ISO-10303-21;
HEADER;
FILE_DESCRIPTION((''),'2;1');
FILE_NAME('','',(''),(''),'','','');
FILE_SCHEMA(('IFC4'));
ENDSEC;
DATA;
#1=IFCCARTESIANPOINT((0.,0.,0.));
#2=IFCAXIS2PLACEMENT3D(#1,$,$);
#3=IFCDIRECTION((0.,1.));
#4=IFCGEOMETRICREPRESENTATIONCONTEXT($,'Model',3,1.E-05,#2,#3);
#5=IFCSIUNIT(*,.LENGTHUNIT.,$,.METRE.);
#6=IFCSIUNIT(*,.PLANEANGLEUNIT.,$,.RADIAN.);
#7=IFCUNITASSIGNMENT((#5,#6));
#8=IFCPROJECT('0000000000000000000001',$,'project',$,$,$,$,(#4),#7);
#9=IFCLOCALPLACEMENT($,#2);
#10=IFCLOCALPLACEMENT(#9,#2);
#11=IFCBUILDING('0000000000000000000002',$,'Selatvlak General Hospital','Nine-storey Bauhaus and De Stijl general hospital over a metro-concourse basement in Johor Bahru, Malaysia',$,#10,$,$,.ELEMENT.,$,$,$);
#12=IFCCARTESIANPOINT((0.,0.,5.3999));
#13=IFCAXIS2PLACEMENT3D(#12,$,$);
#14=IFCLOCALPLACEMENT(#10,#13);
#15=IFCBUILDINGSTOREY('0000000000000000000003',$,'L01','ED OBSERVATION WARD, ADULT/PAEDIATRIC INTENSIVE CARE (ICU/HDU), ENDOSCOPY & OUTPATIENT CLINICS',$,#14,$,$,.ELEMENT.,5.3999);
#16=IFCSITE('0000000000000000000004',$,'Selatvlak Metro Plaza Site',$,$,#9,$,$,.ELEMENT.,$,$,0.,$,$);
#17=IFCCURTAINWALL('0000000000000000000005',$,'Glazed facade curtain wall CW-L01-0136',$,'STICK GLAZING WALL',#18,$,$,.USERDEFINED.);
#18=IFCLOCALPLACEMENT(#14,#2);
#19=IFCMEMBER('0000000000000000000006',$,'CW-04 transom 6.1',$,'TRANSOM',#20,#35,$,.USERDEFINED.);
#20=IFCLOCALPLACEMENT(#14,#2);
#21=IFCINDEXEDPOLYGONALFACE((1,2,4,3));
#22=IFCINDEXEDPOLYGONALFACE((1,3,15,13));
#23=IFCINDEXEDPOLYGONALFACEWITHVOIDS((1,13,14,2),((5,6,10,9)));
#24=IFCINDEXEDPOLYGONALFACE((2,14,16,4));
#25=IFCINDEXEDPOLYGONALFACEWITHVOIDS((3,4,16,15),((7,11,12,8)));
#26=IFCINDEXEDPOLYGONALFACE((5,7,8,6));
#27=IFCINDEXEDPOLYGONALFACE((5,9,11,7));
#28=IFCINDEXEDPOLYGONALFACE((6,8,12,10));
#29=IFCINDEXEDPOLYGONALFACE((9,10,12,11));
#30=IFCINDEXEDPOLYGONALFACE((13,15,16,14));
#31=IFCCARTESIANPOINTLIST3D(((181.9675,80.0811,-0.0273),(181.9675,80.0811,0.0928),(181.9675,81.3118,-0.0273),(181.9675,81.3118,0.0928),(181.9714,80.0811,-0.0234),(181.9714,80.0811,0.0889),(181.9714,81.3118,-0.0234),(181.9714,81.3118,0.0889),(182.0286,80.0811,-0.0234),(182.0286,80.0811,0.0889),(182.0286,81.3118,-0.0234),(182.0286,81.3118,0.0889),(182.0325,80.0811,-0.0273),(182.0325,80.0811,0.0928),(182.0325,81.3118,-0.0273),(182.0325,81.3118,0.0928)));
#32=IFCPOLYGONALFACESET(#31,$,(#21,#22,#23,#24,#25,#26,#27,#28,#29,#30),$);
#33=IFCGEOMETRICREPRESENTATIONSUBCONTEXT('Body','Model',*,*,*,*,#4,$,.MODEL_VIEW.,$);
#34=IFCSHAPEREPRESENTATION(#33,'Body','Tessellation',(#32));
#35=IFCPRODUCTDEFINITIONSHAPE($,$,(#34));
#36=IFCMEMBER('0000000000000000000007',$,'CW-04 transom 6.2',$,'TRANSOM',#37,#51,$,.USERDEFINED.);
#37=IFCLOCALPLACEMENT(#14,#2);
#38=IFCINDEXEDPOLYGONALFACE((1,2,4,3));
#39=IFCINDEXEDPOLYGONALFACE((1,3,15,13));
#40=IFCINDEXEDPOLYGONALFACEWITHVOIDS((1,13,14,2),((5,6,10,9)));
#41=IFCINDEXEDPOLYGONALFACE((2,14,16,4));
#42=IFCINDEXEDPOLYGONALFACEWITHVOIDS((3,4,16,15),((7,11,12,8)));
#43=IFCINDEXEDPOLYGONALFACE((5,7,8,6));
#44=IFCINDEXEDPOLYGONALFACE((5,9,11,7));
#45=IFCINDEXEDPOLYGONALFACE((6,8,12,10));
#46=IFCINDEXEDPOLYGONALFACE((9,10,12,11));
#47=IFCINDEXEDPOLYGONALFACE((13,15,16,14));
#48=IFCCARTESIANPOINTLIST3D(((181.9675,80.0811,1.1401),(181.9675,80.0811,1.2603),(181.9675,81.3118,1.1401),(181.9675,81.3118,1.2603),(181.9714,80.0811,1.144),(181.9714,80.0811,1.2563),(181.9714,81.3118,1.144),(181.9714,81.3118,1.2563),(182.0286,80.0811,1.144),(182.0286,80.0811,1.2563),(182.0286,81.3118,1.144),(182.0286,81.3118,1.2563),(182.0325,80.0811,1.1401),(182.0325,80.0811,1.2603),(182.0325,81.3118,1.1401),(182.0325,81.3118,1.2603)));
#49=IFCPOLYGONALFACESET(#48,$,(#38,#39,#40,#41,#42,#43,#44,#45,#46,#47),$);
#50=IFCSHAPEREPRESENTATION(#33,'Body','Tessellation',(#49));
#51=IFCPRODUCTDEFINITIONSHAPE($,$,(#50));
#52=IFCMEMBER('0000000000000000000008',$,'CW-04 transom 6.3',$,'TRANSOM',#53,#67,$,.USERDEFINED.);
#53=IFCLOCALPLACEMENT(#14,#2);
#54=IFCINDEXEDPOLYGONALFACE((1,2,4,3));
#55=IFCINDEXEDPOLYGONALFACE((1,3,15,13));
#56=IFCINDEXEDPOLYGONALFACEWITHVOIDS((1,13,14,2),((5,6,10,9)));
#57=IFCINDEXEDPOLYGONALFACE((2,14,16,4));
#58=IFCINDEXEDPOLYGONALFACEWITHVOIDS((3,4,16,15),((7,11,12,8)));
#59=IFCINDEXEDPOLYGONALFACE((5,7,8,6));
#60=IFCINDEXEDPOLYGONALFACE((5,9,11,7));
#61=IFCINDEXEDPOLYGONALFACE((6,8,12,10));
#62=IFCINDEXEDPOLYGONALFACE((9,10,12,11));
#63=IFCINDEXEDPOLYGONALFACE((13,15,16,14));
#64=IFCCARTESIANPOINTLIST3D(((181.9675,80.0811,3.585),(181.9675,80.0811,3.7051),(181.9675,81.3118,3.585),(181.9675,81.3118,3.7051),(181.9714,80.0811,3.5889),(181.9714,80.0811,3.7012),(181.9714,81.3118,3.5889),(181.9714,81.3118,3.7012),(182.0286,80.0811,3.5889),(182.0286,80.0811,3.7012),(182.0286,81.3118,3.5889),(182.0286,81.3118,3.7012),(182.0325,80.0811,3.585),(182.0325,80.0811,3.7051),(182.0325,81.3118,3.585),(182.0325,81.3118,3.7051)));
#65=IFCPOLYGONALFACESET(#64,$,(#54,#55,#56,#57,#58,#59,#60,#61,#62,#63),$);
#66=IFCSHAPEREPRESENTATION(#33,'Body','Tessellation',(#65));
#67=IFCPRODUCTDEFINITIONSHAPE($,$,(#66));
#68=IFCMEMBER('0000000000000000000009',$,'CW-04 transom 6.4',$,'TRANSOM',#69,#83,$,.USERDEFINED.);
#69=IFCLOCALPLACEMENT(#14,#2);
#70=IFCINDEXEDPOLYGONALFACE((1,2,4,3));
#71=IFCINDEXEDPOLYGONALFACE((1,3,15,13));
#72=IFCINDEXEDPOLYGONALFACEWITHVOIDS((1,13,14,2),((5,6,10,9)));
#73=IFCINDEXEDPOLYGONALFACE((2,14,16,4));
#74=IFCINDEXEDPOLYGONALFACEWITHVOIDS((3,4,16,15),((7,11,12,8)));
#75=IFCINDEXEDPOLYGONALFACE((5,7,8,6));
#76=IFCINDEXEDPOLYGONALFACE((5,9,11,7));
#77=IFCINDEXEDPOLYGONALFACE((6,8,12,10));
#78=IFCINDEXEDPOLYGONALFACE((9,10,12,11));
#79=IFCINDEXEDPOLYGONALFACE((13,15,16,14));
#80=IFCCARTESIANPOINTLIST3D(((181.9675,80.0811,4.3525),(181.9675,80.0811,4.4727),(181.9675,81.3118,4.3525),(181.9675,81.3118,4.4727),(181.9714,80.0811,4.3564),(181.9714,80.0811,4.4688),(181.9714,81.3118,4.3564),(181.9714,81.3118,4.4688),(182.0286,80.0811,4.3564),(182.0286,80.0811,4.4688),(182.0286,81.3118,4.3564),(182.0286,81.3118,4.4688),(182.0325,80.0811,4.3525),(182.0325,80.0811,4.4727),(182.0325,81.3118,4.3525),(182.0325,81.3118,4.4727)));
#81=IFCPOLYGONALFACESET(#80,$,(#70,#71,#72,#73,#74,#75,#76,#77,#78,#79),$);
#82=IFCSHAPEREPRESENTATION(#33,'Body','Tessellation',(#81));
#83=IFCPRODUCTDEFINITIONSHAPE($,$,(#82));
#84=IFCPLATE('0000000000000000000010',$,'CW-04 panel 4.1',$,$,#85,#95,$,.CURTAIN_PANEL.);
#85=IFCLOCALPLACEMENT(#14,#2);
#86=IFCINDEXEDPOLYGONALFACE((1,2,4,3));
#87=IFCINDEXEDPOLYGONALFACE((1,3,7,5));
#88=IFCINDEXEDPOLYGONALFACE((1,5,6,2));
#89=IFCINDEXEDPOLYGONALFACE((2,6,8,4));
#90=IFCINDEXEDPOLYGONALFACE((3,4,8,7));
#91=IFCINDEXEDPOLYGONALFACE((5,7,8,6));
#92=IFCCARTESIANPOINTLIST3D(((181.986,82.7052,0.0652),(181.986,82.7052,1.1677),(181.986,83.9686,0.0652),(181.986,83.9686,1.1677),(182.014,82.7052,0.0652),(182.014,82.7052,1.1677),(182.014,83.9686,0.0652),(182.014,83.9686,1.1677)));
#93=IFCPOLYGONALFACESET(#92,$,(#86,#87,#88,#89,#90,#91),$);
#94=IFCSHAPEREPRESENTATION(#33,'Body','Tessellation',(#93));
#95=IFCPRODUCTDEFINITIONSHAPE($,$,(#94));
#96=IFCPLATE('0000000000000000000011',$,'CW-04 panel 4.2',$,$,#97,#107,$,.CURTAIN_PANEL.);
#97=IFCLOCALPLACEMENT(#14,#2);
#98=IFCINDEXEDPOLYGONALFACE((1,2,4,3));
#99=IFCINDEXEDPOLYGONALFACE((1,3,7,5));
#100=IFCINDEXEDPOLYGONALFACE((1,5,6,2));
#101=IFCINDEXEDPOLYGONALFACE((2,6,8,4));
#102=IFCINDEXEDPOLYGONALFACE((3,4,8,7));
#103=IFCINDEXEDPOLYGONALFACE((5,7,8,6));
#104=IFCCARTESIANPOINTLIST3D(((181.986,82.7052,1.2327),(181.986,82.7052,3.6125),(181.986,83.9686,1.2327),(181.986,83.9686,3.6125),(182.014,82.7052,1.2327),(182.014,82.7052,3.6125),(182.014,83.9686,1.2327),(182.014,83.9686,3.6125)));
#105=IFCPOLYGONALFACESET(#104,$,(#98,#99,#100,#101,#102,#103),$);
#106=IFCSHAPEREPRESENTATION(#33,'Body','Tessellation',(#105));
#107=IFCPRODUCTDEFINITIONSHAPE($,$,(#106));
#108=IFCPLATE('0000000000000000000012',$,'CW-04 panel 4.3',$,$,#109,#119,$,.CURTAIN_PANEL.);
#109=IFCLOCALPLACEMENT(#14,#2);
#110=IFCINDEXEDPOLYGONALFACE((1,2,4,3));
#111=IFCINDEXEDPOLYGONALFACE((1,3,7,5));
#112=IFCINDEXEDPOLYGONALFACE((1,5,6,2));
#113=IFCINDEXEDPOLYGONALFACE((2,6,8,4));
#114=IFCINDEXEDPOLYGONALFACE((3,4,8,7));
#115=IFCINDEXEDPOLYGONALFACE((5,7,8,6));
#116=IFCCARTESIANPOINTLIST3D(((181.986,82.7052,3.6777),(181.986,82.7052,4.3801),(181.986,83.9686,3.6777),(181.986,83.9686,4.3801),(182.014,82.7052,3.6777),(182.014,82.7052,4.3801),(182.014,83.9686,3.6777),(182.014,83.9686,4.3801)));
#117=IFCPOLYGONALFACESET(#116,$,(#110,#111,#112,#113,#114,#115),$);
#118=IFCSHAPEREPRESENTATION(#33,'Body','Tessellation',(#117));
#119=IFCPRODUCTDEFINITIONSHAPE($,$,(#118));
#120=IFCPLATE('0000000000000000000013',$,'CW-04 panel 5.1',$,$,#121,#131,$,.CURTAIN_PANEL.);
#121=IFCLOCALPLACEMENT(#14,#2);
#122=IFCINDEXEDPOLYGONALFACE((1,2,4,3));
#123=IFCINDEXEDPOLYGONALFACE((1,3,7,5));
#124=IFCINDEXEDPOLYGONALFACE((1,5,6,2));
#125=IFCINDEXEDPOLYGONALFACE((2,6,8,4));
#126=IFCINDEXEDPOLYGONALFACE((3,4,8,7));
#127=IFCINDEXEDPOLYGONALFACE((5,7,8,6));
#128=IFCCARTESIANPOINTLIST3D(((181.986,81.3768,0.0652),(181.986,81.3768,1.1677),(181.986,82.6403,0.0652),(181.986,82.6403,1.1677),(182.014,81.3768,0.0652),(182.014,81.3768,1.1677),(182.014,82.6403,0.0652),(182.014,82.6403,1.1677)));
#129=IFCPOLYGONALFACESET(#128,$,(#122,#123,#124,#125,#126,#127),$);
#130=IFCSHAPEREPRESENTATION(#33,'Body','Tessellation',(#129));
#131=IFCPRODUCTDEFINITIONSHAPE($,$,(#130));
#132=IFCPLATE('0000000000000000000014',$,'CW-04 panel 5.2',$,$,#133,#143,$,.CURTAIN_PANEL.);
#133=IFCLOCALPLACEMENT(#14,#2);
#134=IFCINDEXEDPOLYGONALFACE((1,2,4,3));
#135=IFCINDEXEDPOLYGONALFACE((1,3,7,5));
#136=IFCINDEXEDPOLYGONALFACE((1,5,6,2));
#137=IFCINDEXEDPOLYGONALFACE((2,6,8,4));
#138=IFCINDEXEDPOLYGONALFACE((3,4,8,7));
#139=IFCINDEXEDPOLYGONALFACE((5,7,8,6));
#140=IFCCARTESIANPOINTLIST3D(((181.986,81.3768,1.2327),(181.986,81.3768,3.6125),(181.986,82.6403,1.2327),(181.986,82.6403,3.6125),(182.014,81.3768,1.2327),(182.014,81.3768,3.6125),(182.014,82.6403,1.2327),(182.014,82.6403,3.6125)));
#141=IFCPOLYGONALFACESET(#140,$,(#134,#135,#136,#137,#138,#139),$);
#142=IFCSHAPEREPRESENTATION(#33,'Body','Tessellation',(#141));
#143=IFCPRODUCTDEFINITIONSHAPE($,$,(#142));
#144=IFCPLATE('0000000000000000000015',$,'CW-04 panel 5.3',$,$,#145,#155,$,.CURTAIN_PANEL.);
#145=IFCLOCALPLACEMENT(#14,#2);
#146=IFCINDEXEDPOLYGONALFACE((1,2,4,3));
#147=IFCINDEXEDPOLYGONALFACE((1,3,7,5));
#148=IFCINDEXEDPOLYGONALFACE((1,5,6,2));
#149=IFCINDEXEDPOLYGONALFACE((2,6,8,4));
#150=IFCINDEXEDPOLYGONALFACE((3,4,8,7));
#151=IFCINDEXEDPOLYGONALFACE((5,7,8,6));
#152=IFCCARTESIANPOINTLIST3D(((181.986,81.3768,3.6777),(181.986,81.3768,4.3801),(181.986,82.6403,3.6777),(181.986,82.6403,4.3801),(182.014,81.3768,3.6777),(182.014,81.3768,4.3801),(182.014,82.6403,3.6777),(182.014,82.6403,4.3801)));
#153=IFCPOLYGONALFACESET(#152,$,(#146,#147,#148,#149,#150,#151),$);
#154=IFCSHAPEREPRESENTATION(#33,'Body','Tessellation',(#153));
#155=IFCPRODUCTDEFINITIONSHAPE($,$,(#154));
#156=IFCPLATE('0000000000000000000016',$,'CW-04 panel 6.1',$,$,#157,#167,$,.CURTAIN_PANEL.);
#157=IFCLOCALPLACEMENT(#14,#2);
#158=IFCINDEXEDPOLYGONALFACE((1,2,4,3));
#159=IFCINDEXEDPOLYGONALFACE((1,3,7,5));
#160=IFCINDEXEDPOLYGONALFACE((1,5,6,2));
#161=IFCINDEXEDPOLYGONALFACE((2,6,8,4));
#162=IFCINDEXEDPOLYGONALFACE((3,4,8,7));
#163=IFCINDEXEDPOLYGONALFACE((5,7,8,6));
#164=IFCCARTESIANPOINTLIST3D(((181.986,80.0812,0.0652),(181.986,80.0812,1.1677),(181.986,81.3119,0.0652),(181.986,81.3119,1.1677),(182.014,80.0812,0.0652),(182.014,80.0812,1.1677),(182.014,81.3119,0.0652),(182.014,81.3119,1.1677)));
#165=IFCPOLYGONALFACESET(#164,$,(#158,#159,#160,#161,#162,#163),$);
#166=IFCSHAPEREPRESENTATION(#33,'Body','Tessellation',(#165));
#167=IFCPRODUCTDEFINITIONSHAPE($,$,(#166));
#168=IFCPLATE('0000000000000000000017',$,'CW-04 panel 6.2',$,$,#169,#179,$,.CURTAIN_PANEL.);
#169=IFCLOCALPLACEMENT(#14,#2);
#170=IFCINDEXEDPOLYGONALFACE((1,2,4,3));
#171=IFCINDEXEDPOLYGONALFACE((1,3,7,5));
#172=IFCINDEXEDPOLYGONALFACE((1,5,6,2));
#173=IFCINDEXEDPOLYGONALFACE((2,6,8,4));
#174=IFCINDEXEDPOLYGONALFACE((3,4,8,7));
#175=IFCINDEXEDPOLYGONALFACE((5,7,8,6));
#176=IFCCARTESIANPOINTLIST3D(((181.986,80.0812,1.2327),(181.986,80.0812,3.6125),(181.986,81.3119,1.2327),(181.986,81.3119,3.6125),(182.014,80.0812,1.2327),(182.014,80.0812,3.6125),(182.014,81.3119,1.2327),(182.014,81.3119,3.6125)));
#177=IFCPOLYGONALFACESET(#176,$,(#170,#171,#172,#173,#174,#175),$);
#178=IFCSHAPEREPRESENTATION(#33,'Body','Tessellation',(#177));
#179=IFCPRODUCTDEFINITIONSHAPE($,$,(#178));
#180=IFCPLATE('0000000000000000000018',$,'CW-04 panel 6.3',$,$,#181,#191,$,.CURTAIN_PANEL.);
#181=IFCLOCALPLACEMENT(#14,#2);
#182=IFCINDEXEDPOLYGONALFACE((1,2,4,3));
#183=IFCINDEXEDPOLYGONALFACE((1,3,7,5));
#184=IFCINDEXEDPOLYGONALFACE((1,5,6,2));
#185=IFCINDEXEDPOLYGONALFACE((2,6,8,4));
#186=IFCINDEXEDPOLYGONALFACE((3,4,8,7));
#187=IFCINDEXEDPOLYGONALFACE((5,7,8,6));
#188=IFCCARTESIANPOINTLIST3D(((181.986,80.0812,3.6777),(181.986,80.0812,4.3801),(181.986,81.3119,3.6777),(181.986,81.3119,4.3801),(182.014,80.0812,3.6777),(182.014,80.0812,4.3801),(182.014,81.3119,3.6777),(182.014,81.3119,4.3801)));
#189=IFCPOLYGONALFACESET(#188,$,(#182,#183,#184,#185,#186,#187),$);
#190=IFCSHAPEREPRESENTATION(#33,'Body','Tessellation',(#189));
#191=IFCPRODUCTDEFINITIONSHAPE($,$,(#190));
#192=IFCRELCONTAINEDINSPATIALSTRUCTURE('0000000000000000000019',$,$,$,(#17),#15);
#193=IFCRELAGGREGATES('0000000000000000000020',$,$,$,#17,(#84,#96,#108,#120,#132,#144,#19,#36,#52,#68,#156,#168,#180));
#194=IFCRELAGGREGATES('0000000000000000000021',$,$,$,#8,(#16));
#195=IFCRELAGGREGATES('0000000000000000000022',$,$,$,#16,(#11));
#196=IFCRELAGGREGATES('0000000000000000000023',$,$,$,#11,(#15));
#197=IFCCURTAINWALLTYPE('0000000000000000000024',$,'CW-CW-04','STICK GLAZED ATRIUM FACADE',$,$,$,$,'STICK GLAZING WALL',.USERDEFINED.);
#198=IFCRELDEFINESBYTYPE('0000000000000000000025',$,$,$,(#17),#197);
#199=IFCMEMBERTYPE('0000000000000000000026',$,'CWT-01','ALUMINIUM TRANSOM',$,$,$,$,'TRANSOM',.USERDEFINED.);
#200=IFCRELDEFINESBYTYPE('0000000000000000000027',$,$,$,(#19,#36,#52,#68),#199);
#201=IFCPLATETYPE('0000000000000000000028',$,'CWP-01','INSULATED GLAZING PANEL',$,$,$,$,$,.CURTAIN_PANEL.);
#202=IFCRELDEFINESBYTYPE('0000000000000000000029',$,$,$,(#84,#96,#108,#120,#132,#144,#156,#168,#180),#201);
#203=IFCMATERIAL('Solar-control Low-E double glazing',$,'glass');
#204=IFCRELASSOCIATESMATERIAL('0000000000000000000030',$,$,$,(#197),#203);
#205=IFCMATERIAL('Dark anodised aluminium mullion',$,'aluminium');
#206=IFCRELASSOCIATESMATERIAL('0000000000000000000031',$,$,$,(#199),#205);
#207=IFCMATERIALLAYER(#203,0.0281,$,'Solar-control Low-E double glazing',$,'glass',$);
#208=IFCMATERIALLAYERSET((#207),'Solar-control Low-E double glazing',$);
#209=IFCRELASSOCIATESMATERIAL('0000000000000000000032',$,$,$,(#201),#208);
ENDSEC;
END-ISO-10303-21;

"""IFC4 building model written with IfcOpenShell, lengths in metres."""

from ifc_helpers import new_model, si_unit, direction, frame, origin, origin_2d, place, context, subcontext, project, spatial, rectangle, hollow_rectangle, extrude, material, layer, layer_set, material_profile, profile_set, type_object, element, aggregate, save


model = new_model("IFC4")

# Units and contexts
model_context = context("Model", 3, precision=1e-05, world=origin(), true_north=direction((0.0, 1.0)))
body_context = subcontext(model_context, "Body", "Model", "MODEL_VIEW")
ifc_project = project(units=[si_unit("LENGTHUNIT", "METRE"), si_unit("PLANEANGLEUNIT", "RADIAN")], contexts=[model_context])

# Site, building, storey
site_placement = place(None, origin())
site = spatial("IfcSite", under=ifc_project, at=site_placement, Name="Selatvlak Metro Plaza Site", CompositionType="ELEMENT", RefElevation=0.0)
building_placement = place(site_placement, origin())
building = spatial("IfcBuilding", under=site, at=building_placement, Name="Selatvlak General Hospital", Description="Nine-storey Bauhaus and De Stijl general hospital over a metro-concourse basement in Johor Bahru, Malaysia", CompositionType="ELEMENT")
storey_placement = place(building_placement, frame((0.0, 0.0, 5.3999)))
storey = spatial("IfcBuildingStorey", under=building, at=storey_placement, Name="L01", Description="ED OBSERVATION WARD, ADULT/PAEDIATRIC INTENSIVE CARE (ICU/HDU), ENDOSCOPY & OUTPATIENT CLINICS", CompositionType="ELEMENT", Elevation=5.3999)

# Curtain wall, members, plates
ifc_material_1 = material(Name="Solar-control Low-E double glazing", Category="glass")
curtain_wall_type = type_object("IfcCurtainWallType", Name="CW-CW-04", Description="STICK GLAZED ATRIUM FACADE", ElementType="STICK GLAZING WALL", PredefinedType="USERDEFINED", material=ifc_material_1)
curtain_wall_placement = place(storey_placement, origin())
curtain_wall = element("IfcCurtainWall", 1, at=curtain_wall_placement, inside=storey, type_object=curtain_wall_type, Name="Glazed facade curtain wall CW-L01-0136", ObjectType="STICK GLAZING WALL", PredefinedType="USERDEFINED")
ifc_material_2 = material(Name="Dark anodised aluminium mullion", Category="aluminium")
ifc_material_profile_1 = material_profile(ifc_material_2, hollow_rectangle(XDim=0.0649, YDim=0.1201, WallThickness=0.0039, at=origin_2d()), Name="AL-TRN 65x120x4")
ifc_profile_set_1 = profile_set([ifc_material_profile_1], Name="Dark anodised aluminium mullion")
member_type_1 = type_object("IfcMemberType", Name="CWT-01", Description="ALUMINIUM TRANSOM", ElementType="TRANSOM", PredefinedType="USERDEFINED", material=ifc_profile_set_1)
member_1_placement = place(storey_placement, frame((182.0, 81.3118, 0.0327), z_axis=(0.0, -1.0, 0.0), x_axis=(1.0, 0.0, 0.0)))
member_1 = element("IfcMember", 2, at=member_1_placement, type_object=member_type_1, Name="CW-04 transom 6.1", ObjectType="TRANSOM", PredefinedType="USERDEFINED", context=body_context, shape_type="SweptSolid", body=[
    extrude(hollow_rectangle(XDim=0.0649, YDim=0.1201, WallThickness=0.0039, at=origin_2d()), origin(), (0.0, 0.0, 1.0), 1.2307),
])
member_2_placement = place(storey_placement, frame((182.0, 81.3118, 1.2002), z_axis=(0.0, -1.0, 0.0), x_axis=(1.0, 0.0, 0.0)))
member_2 = element("IfcMember", 3, at=member_2_placement, type_object=member_type_1, Name="CW-04 transom 6.2", ObjectType="TRANSOM", PredefinedType="USERDEFINED", context=body_context, shape_type="SweptSolid", body=[
    extrude(hollow_rectangle(XDim=0.0649, YDim=0.1201, WallThickness=0.0039, at=origin_2d()), origin(), (0.0, 0.0, 1.0), 1.2307),
])
member_3_placement = place(storey_placement, frame((182.0, 81.3118, 3.645), z_axis=(0.0, -1.0, 0.0), x_axis=(1.0, 0.0, 0.0)))
member_3 = element("IfcMember", 4, at=member_3_placement, type_object=member_type_1, Name="CW-04 transom 6.3", ObjectType="TRANSOM", PredefinedType="USERDEFINED", context=body_context, shape_type="SweptSolid", body=[
    extrude(hollow_rectangle(XDim=0.0649, YDim=0.1201, WallThickness=0.0039, at=origin_2d()), origin(), (0.0, 0.0, 1.0), 1.2307),
])
member_4_placement = place(storey_placement, frame((182.0, 81.3118, 4.4126), z_axis=(0.0, -1.0, 0.0), x_axis=(1.0, 0.0, 0.0)))
member_4 = element("IfcMember", 5, at=member_4_placement, type_object=member_type_1, Name="CW-04 transom 6.4", ObjectType="TRANSOM", PredefinedType="USERDEFINED", context=body_context, shape_type="SweptSolid", body=[
    extrude(hollow_rectangle(XDim=0.0649, YDim=0.1201, WallThickness=0.0039, at=origin_2d()), origin(), (0.0, 0.0, 1.0), 1.2307),
])
ifc_layer_1 = layer(ifc_material_1, 0.0281, Name="Solar-control Low-E double glazing", Category="glass")
ifc_layer_set_1 = layer_set([ifc_layer_1], Name="Solar-control Low-E double glazing")
plate_type = type_object("IfcPlateType", Name="CWP-01", Description="INSULATED GLAZING PANEL", PredefinedType="CURTAIN_PANEL", material=ifc_layer_set_1)
plate_1_placement = place(storey_placement, frame((182.0, 83.3369, 0.0652), z_axis=(0.0, 0.0, 1.0), x_axis=(0.0, -1.0, 0.0)))
plate_1 = element("IfcPlate", 6, at=plate_1_placement, type_object=plate_type, Name="CW-04 panel 4.1", PredefinedType="CURTAIN_PANEL", context=body_context, shape_type="SweptSolid", body=[
    extrude(rectangle(XDim=1.2634, YDim=0.0281, at=origin_2d()), origin(), (0.0, 0.0, 1.0), 1.1025),
])
plate_2_placement = place(storey_placement, frame((182.0, 83.3369, 1.2327), z_axis=(0.0, 0.0, 1.0), x_axis=(0.0, -1.0, 0.0)))
plate_2 = element("IfcPlate", 7, at=plate_2_placement, type_object=plate_type, Name="CW-04 panel 4.2", PredefinedType="CURTAIN_PANEL", context=body_context, shape_type="SweptSolid", body=[
    extrude(rectangle(XDim=1.2634, YDim=0.0281, at=origin_2d()), origin(), (0.0, 0.0, 1.0), 2.3799),
])
plate_3_placement = place(storey_placement, frame((182.0, 83.3369, 3.6777), z_axis=(0.0, 0.0, 1.0), x_axis=(0.0, -1.0, 0.0)))
plate_3 = element("IfcPlate", 8, at=plate_3_placement, type_object=plate_type, Name="CW-04 panel 4.3", PredefinedType="CURTAIN_PANEL", context=body_context, shape_type="SweptSolid", body=[
    extrude(rectangle(XDim=1.2634, YDim=0.0281, at=origin_2d()), origin(), (0.0, 0.0, 1.0), 0.7024),
])
plate_4_placement = place(storey_placement, frame((182.0, 82.0085, 0.0652), z_axis=(0.0, 0.0, 1.0), x_axis=(0.0, -1.0, 0.0)))
plate_4 = element("IfcPlate", 9, at=plate_4_placement, type_object=plate_type, Name="CW-04 panel 5.1", PredefinedType="CURTAIN_PANEL", context=body_context, shape_type="SweptSolid", body=[
    extrude(rectangle(XDim=1.2634, YDim=0.0281, at=origin_2d()), origin(), (0.0, 0.0, 1.0), 1.1025),
])
plate_5_placement = place(storey_placement, frame((182.0, 82.0085, 1.2327), z_axis=(0.0, 0.0, 1.0), x_axis=(0.0, -1.0, 0.0)))
plate_5 = element("IfcPlate", 10, at=plate_5_placement, type_object=plate_type, Name="CW-04 panel 5.2", PredefinedType="CURTAIN_PANEL", context=body_context, shape_type="SweptSolid", body=[
    extrude(rectangle(XDim=1.2634, YDim=0.0281, at=origin_2d()), origin(), (0.0, 0.0, 1.0), 2.3799),
])
plate_6_placement = place(storey_placement, frame((182.0, 82.0085, 3.6777), z_axis=(0.0, 0.0, 1.0), x_axis=(0.0, -1.0, 0.0)))
plate_6 = element("IfcPlate", 11, at=plate_6_placement, type_object=plate_type, Name="CW-04 panel 5.3", PredefinedType="CURTAIN_PANEL", context=body_context, shape_type="SweptSolid", body=[
    extrude(rectangle(XDim=1.2634, YDim=0.0281, at=origin_2d()), origin(), (0.0, 0.0, 1.0), 0.7024),
])
plate_7_placement = place(storey_placement, frame((182.0, 80.6965, 0.0652), z_axis=(0.0, 0.0, 1.0), x_axis=(0.0, -1.0, 0.0)))
plate_7 = element("IfcPlate", 12, at=plate_7_placement, type_object=plate_type, Name="CW-04 panel 6.1", PredefinedType="CURTAIN_PANEL", context=body_context, shape_type="SweptSolid", body=[
    extrude(rectangle(XDim=1.2307, YDim=0.0281, at=origin_2d()), origin(), (0.0, 0.0, 1.0), 1.1025),
])
plate_8_placement = place(storey_placement, frame((182.0, 80.6965, 1.2327), z_axis=(0.0, 0.0, 1.0), x_axis=(0.0, -1.0, 0.0)))
plate_8 = element("IfcPlate", 13, at=plate_8_placement, type_object=plate_type, Name="CW-04 panel 6.2", PredefinedType="CURTAIN_PANEL", context=body_context, shape_type="SweptSolid", body=[
    extrude(rectangle(XDim=1.2307, YDim=0.0281, at=origin_2d()), origin(), (0.0, 0.0, 1.0), 2.3799),
])
plate_9_placement = place(storey_placement, frame((182.0, 80.6965, 3.6777), z_axis=(0.0, 0.0, 1.0), x_axis=(0.0, -1.0, 0.0)))
plate_9 = element("IfcPlate", 14, at=plate_9_placement, type_object=plate_type, Name="CW-04 panel 6.3", PredefinedType="CURTAIN_PANEL", context=body_context, shape_type="SweptSolid", body=[
    extrude(rectangle(XDim=1.2307, YDim=0.0281, at=origin_2d()), origin(), (0.0, 0.0, 1.0), 0.7024),
])
aggregate(curtain_wall, [plate_1, plate_2, plate_3, plate_4, plate_5, plate_6, member_1, member_2, member_3, member_4, plate_7, plate_8, plate_9])

save(model, "model.ifc")
